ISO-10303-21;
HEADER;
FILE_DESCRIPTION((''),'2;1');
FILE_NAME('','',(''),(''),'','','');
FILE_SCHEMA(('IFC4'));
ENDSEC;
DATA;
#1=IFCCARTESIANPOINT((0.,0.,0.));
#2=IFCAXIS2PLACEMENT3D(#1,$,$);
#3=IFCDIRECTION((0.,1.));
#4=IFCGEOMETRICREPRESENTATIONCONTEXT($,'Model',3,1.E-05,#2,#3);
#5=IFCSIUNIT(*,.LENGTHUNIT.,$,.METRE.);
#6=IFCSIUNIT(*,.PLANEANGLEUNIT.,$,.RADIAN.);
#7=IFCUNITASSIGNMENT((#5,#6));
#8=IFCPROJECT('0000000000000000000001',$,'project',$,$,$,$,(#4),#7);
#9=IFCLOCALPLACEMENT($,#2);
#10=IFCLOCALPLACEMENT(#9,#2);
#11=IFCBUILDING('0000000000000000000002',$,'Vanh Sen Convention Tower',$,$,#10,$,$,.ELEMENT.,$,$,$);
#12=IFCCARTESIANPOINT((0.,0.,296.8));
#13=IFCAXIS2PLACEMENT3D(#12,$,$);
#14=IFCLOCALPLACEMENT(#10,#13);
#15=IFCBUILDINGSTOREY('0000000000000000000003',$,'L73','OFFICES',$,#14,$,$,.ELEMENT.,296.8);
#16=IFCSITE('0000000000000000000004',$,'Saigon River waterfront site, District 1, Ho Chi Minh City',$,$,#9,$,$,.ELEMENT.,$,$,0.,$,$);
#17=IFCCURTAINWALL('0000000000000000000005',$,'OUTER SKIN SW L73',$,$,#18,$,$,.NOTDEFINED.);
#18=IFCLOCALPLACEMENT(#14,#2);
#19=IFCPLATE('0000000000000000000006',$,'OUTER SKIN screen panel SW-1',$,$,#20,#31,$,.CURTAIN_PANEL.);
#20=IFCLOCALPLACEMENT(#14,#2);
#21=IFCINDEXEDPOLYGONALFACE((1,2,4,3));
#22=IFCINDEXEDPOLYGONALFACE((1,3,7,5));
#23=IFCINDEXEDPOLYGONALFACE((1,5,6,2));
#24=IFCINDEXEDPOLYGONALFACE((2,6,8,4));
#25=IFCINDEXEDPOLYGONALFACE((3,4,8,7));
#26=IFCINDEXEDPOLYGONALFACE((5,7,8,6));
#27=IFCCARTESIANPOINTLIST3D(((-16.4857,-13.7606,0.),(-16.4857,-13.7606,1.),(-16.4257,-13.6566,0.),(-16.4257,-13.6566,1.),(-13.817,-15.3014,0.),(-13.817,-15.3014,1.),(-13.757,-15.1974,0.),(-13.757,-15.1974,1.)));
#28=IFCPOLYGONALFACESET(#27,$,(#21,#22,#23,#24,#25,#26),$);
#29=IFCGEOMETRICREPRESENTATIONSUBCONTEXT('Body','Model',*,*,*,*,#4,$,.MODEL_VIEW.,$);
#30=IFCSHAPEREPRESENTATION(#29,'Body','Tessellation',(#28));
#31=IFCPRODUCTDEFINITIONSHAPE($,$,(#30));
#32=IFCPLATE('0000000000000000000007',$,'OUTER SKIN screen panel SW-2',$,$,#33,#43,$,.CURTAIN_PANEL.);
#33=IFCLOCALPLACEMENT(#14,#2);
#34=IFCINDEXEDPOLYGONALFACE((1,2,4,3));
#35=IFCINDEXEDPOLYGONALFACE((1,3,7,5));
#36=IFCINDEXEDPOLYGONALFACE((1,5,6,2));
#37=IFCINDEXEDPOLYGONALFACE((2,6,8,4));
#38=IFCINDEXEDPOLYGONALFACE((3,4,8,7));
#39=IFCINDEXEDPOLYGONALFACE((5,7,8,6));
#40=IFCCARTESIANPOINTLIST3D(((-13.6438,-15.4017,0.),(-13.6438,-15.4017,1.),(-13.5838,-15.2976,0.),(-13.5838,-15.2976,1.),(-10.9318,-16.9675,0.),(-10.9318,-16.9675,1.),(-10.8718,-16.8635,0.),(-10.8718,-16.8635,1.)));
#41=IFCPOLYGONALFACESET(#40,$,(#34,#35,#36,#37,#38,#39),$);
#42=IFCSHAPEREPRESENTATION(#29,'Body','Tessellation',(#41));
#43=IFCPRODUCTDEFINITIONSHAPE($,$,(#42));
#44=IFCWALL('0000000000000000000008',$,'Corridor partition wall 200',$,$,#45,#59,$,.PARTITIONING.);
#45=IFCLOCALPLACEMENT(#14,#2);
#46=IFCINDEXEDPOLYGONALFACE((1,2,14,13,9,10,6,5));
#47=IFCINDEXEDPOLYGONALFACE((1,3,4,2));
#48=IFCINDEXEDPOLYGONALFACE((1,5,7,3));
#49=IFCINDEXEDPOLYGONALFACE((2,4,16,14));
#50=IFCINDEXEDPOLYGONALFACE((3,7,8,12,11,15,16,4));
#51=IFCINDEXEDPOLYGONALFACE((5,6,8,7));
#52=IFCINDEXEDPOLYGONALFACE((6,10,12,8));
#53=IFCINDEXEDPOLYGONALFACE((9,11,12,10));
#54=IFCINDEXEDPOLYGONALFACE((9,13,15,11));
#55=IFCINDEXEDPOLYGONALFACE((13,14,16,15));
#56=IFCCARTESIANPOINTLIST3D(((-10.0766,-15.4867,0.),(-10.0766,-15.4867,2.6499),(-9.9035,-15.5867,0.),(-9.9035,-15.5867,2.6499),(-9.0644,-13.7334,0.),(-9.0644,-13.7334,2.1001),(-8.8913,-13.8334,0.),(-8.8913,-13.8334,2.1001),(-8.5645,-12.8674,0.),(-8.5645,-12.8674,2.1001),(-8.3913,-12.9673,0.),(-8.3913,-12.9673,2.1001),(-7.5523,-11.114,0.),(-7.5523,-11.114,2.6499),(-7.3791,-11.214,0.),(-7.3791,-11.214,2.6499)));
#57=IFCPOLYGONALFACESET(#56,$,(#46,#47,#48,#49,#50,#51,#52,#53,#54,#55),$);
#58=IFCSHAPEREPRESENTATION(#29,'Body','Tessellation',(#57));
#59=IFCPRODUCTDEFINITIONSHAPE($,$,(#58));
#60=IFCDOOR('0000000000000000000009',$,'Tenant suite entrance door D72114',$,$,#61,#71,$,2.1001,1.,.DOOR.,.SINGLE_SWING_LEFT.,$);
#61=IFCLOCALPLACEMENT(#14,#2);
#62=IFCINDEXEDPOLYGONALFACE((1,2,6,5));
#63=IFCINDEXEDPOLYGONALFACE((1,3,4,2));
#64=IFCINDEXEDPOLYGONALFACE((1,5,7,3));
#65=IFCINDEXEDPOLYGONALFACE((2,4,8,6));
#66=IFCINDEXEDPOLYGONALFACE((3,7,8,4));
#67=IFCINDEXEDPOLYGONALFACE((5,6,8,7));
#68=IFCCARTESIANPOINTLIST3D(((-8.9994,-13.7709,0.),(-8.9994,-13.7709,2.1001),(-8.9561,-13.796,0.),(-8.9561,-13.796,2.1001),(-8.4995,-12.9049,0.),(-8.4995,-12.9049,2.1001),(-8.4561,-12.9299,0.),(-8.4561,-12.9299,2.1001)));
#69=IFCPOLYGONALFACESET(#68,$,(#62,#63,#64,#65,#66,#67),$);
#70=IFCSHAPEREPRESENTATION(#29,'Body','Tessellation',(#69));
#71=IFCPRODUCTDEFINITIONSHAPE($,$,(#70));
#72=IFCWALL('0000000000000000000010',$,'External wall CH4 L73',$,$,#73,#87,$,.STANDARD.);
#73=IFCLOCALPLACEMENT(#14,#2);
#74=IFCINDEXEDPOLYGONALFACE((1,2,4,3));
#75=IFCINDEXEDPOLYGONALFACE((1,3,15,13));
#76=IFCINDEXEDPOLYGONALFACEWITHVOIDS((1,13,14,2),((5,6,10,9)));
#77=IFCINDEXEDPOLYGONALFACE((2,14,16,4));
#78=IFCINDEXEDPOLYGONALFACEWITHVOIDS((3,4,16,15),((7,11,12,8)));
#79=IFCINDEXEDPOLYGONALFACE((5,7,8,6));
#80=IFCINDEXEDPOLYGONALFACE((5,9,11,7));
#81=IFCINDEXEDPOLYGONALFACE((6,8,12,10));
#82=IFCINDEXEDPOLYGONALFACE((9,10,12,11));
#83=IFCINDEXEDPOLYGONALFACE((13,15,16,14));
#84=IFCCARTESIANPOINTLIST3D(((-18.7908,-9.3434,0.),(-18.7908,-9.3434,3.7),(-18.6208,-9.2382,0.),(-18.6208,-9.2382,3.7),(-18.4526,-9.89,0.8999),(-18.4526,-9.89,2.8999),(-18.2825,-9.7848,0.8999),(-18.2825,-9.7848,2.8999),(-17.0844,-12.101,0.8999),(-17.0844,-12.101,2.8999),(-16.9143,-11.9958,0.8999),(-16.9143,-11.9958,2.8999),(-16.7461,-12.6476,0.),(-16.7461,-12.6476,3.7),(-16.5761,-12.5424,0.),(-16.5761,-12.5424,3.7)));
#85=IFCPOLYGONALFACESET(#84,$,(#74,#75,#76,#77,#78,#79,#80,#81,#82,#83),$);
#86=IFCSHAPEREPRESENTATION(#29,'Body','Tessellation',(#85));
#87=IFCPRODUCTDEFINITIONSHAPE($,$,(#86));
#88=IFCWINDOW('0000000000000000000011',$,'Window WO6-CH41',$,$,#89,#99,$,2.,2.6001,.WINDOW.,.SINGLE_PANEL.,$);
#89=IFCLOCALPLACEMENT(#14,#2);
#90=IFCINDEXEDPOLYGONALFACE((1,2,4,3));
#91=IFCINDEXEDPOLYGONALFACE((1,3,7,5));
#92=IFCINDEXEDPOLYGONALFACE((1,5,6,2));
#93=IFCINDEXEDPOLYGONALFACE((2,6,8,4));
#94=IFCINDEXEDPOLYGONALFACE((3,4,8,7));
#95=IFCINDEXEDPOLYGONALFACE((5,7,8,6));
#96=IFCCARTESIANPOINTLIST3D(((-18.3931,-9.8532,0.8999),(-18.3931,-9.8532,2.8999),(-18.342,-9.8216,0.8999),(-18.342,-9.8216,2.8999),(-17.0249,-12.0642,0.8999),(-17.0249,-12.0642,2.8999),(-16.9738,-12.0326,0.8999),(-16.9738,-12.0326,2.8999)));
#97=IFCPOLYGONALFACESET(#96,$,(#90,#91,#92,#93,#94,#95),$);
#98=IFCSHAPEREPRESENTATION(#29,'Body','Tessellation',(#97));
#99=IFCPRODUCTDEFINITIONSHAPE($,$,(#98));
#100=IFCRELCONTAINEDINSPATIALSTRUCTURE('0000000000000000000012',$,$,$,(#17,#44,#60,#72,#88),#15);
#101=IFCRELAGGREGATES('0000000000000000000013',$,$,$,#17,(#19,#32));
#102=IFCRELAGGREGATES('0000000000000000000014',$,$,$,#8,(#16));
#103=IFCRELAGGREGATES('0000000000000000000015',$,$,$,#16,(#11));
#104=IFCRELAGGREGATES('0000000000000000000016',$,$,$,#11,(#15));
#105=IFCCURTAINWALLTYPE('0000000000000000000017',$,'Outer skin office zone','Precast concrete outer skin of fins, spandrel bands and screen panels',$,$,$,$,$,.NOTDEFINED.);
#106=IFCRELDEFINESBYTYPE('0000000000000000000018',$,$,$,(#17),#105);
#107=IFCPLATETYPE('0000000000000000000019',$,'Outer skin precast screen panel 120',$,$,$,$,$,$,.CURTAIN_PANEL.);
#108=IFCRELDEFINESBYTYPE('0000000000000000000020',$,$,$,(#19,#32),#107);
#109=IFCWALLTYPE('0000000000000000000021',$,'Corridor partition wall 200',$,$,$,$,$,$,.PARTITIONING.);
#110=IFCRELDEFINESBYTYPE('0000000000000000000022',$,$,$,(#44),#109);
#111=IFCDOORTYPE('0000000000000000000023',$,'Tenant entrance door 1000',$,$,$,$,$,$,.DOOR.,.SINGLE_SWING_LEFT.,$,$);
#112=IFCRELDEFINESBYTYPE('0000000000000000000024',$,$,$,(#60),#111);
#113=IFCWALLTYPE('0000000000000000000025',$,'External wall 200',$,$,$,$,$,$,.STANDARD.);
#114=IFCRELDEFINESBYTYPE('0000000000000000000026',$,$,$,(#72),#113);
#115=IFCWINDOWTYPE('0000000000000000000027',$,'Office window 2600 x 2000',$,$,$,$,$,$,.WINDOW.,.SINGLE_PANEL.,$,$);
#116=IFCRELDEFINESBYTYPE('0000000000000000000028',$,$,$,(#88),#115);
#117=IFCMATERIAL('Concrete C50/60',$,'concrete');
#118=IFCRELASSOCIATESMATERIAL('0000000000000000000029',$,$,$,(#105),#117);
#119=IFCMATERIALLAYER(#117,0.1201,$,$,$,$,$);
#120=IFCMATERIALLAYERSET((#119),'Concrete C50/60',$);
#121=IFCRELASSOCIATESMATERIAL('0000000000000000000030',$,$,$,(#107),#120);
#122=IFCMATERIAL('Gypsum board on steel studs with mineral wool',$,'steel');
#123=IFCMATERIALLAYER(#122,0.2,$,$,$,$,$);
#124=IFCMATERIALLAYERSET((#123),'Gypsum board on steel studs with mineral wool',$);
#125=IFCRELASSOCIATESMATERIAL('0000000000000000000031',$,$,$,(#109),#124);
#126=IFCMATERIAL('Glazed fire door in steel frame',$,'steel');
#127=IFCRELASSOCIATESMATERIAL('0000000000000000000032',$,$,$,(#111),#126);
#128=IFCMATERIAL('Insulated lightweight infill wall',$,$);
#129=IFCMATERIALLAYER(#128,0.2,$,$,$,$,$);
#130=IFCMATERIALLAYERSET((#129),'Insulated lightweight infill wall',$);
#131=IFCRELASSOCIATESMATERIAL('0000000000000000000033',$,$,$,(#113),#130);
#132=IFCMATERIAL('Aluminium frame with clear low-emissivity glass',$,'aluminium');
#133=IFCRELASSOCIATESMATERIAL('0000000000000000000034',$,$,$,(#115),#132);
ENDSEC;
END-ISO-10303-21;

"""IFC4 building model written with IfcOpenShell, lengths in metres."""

from ifc_helpers import new_model, si_unit, direction, frame, frame_2d, origin, origin_2d, place, context, subcontext, project, spatial, rectangle, extrude, material, layer, layer_set, type_object, element, fill, aggregate, save


model = new_model("IFC4")

# Units and contexts
model_context = context("Model", 3, precision=1e-05, world=origin(), true_north=direction((0.0, 1.0)))
body_context = subcontext(model_context, "Body", "Model", "MODEL_VIEW")
ifc_project = project(units=[si_unit("LENGTHUNIT", "METRE"), si_unit("PLANEANGLEUNIT", "RADIAN")], contexts=[model_context])

# Site, building, storey
site_placement = place(None, origin())
site = spatial("IfcSite", under=ifc_project, at=site_placement, Name="Saigon River waterfront site, District 1, Ho Chi Minh City", CompositionType="ELEMENT", RefElevation=0.0)
building_placement = place(site_placement, origin())
building = spatial("IfcBuilding", under=site, at=building_placement, Name="Vanh Sen Convention Tower", CompositionType="ELEMENT")
storey_placement = place(building_placement, frame((0.0, 0.0, 296.8)))
storey = spatial("IfcBuildingStorey", under=building, at=storey_placement, Name="L73", Description="OFFICES", CompositionType="ELEMENT", Elevation=296.8)

# Curtain wall
ifc_material_1 = material(Name="Concrete C50/60", Category="concrete")
curtain_wall_type = type_object("IfcCurtainWallType", Name="Outer skin office zone", Description="Precast concrete outer skin of fins, spandrel bands and screen panels", PredefinedType="NOTDEFINED", material=ifc_material_1)
curtain_wall_1_placement = place(storey_placement, origin())
curtain_wall_1 = element("IfcCurtainWall", 1, at=curtain_wall_1_placement, inside=storey, type_object=curtain_wall_type, Name="OUTER SKIN SW L73", PredefinedType="NOTDEFINED")

# Shared definitions
ifc_layer_1 = layer(ifc_material_1, 0.1201)
ifc_layer_set_1 = layer_set([ifc_layer_1], Name="Concrete C50/60")
plate_type = type_object("IfcPlateType", Name="Outer skin precast screen panel 120", PredefinedType="CURTAIN_PANEL", material=ifc_layer_set_1)

# Plates
plate_1_placement = place(storey_placement, frame((-15.1213, -14.479, 0.0), z_axis=(0.0, 0.0, 1.0), x_axis=(0.866029, -0.499994, 0.0)))
plate_1 = element("IfcPlate", 2, at=plate_1_placement, type_object=plate_type, Name="OUTER SKIN screen panel SW-1", PredefinedType="CURTAIN_PANEL", context=body_context, shape_type="SweptSolid", body=[
    extrude(rectangle(XDim=3.0815, YDim=0.1201, at=origin_2d()), origin(), (0.0, 0.0, 1.0), 1.0),
])
plate_2_placement = place(storey_placement, frame((-12.2578, -16.1326, 0.0), z_axis=(0.0, 0.0, 1.0), x_axis=(0.866016, -0.500017, 0.0)))
plate_2 = element("IfcPlate", 3, at=plate_2_placement, type_object=plate_type, Name="OUTER SKIN screen panel SW-2", PredefinedType="CURTAIN_PANEL", context=body_context, shape_type="SweptSolid", body=[
    extrude(rectangle(XDim=3.1316, YDim=0.1201, at=origin_2d()), origin(), (0.0, 0.0, 1.0), 1.0),
])
aggregate(curtain_wall_1, [plate_1, plate_2])

# Wall, opening, door
ifc_material_2 = material(Name="Gypsum board on steel studs with mineral wool", Category="steel")
ifc_layer_2 = layer(ifc_material_2, 0.2)
ifc_layer_set_2 = layer_set([ifc_layer_2], Name="Gypsum board on steel studs with mineral wool")
wall_type_1 = type_object("IfcWallType", Name="Corridor partition wall 200", PredefinedType="PARTITIONING", material=ifc_layer_set_2)
wall_1_placement = place(storey_placement, frame((-9.99, -15.5366, 0.0), z_axis=(0.0, 0.0, 1.0), x_axis=(0.499967, 0.866045, 0.0)))
wall_1 = element("IfcWall", 4, at=wall_1_placement, inside=storey, type_object=wall_type_1, Name="Corridor partition wall 200", PredefinedType="PARTITIONING", context=body_context, shape_type="SweptSolid", body=[
    extrude(rectangle(XDim=5.0491, YDim=0.2, at=frame_2d((2.5244, 0.0))), origin(), (0.0, 0.0, 1.0), 2.6499),
])
opening_1_placement = place(wall_1_placement, frame((2.0244, 0.0, 0.0)))
opening_1 = element("IfcOpeningElement", 5, at=opening_1_placement, cuts=wall_1, PredefinedType="OPENING", context=body_context, shape_type="SweptSolid", body=[
    extrude(rectangle(XDim=1.0, YDim=2.1001, at=frame_2d((0.5, 1.05))), frame((0.0, 0.1099, 0.0), z_axis=(0.0, -1.0, 0.0), x_axis=(1.0, 0.0, 0.0)), (0.0, 0.0, 1.0), 0.22),
])
ifc_material_3 = material(Name="Glazed fire door in steel frame", Category="steel")
door_type = type_object("IfcDoorType", Name="Tenant entrance door 1000", OperationType="SINGLE_SWING_LEFT", PredefinedType="DOOR", material=ifc_material_3)
door_placement = place(opening_1_placement, origin())
door = element("IfcDoor", 6, at=door_placement, inside=storey, type_object=door_type, Name="Tenant suite entrance door D72114", OperationType="SINGLE_SWING_LEFT", OverallHeight=2.1001, OverallWidth=1.0, PredefinedType="DOOR", context=body_context, shape_type="SweptSolid", body=[
    extrude(rectangle(XDim=1.0, YDim=2.1001, at=frame_2d((0.5, 1.05))), frame((0.0, 0.0249, 0.0), z_axis=(0.0, -1.0, 0.0), x_axis=(1.0, 0.0, 0.0)), (0.0, 0.0, 1.0), 0.05),
])
fill(opening_1, door)

# Wall, opening, window
ifc_material_4 = material(Name="Insulated lightweight infill wall")
ifc_layer_3 = layer(ifc_material_4, 0.2)
ifc_layer_set_3 = layer_set([ifc_layer_3], Name="Insulated lightweight infill wall")
wall_type_2 = type_object("IfcWallType", Name="External wall 200", PredefinedType="STANDARD", material=ifc_layer_set_3)
wall_2_placement = place(storey_placement, frame((-18.7058, -9.2908, 0.0), z_axis=(0.0, 0.0, 1.0), x_axis=(0.52621, -0.850355, 0.0)))
wall_2 = element("IfcWall", 7, at=wall_2_placement, inside=storey, type_object=wall_type_2, Name="External wall CH4 L73", PredefinedType="STANDARD", context=body_context, shape_type="SweptSolid", body=[
    extrude(rectangle(XDim=3.8857, YDim=0.2, at=frame_2d((1.9429, 0.0))), origin(), (0.0, 0.0, 1.0), 3.7),
])
opening_2_placement = place(wall_2_placement, frame((0.6428, 0.0, 0.8999)))
opening_2 = element("IfcOpeningElement", 8, at=opening_2_placement, cuts=wall_2, PredefinedType="OPENING", context=body_context, shape_type="SweptSolid", body=[
    extrude(rectangle(XDim=2.6001, YDim=2.0, at=frame_2d((1.3, 1.0))), frame((0.0, 0.1099, 0.0), z_axis=(0.0, -1.0, 0.0), x_axis=(1.0, 0.0, 0.0)), (0.0, 0.0, 1.0), 0.22),
])
ifc_material_5 = material(Name="Aluminium frame with clear low-emissivity glass", Category="aluminium")
window_type_1 = type_object("IfcWindowType", Name="Office window 2600 x 2000", PartitioningType="SINGLE_PANEL", PredefinedType="WINDOW", material=ifc_material_5)
window_1_placement = place(opening_2_placement, origin())
window_1 = element("IfcWindow", 9, at=window_1_placement, inside=storey, type_object=window_type_1, Name="Window WO6-CH41", OverallHeight=2.0, OverallWidth=2.6001, PartitioningType="SINGLE_PANEL", PredefinedType="WINDOW", context=body_context, shape_type="SweptSolid", body=[
    extrude(rectangle(XDim=2.6001, YDim=2.0, at=frame_2d((1.3, 1.0))), frame((0.0, 0.03, 0.0), z_axis=(0.0, -1.0, 0.0), x_axis=(1.0, 0.0, 0.0)), (0.0, 0.0, 1.0), 0.0601),
])
fill(opening_2, window_1)

save(model, "model.ifc")
